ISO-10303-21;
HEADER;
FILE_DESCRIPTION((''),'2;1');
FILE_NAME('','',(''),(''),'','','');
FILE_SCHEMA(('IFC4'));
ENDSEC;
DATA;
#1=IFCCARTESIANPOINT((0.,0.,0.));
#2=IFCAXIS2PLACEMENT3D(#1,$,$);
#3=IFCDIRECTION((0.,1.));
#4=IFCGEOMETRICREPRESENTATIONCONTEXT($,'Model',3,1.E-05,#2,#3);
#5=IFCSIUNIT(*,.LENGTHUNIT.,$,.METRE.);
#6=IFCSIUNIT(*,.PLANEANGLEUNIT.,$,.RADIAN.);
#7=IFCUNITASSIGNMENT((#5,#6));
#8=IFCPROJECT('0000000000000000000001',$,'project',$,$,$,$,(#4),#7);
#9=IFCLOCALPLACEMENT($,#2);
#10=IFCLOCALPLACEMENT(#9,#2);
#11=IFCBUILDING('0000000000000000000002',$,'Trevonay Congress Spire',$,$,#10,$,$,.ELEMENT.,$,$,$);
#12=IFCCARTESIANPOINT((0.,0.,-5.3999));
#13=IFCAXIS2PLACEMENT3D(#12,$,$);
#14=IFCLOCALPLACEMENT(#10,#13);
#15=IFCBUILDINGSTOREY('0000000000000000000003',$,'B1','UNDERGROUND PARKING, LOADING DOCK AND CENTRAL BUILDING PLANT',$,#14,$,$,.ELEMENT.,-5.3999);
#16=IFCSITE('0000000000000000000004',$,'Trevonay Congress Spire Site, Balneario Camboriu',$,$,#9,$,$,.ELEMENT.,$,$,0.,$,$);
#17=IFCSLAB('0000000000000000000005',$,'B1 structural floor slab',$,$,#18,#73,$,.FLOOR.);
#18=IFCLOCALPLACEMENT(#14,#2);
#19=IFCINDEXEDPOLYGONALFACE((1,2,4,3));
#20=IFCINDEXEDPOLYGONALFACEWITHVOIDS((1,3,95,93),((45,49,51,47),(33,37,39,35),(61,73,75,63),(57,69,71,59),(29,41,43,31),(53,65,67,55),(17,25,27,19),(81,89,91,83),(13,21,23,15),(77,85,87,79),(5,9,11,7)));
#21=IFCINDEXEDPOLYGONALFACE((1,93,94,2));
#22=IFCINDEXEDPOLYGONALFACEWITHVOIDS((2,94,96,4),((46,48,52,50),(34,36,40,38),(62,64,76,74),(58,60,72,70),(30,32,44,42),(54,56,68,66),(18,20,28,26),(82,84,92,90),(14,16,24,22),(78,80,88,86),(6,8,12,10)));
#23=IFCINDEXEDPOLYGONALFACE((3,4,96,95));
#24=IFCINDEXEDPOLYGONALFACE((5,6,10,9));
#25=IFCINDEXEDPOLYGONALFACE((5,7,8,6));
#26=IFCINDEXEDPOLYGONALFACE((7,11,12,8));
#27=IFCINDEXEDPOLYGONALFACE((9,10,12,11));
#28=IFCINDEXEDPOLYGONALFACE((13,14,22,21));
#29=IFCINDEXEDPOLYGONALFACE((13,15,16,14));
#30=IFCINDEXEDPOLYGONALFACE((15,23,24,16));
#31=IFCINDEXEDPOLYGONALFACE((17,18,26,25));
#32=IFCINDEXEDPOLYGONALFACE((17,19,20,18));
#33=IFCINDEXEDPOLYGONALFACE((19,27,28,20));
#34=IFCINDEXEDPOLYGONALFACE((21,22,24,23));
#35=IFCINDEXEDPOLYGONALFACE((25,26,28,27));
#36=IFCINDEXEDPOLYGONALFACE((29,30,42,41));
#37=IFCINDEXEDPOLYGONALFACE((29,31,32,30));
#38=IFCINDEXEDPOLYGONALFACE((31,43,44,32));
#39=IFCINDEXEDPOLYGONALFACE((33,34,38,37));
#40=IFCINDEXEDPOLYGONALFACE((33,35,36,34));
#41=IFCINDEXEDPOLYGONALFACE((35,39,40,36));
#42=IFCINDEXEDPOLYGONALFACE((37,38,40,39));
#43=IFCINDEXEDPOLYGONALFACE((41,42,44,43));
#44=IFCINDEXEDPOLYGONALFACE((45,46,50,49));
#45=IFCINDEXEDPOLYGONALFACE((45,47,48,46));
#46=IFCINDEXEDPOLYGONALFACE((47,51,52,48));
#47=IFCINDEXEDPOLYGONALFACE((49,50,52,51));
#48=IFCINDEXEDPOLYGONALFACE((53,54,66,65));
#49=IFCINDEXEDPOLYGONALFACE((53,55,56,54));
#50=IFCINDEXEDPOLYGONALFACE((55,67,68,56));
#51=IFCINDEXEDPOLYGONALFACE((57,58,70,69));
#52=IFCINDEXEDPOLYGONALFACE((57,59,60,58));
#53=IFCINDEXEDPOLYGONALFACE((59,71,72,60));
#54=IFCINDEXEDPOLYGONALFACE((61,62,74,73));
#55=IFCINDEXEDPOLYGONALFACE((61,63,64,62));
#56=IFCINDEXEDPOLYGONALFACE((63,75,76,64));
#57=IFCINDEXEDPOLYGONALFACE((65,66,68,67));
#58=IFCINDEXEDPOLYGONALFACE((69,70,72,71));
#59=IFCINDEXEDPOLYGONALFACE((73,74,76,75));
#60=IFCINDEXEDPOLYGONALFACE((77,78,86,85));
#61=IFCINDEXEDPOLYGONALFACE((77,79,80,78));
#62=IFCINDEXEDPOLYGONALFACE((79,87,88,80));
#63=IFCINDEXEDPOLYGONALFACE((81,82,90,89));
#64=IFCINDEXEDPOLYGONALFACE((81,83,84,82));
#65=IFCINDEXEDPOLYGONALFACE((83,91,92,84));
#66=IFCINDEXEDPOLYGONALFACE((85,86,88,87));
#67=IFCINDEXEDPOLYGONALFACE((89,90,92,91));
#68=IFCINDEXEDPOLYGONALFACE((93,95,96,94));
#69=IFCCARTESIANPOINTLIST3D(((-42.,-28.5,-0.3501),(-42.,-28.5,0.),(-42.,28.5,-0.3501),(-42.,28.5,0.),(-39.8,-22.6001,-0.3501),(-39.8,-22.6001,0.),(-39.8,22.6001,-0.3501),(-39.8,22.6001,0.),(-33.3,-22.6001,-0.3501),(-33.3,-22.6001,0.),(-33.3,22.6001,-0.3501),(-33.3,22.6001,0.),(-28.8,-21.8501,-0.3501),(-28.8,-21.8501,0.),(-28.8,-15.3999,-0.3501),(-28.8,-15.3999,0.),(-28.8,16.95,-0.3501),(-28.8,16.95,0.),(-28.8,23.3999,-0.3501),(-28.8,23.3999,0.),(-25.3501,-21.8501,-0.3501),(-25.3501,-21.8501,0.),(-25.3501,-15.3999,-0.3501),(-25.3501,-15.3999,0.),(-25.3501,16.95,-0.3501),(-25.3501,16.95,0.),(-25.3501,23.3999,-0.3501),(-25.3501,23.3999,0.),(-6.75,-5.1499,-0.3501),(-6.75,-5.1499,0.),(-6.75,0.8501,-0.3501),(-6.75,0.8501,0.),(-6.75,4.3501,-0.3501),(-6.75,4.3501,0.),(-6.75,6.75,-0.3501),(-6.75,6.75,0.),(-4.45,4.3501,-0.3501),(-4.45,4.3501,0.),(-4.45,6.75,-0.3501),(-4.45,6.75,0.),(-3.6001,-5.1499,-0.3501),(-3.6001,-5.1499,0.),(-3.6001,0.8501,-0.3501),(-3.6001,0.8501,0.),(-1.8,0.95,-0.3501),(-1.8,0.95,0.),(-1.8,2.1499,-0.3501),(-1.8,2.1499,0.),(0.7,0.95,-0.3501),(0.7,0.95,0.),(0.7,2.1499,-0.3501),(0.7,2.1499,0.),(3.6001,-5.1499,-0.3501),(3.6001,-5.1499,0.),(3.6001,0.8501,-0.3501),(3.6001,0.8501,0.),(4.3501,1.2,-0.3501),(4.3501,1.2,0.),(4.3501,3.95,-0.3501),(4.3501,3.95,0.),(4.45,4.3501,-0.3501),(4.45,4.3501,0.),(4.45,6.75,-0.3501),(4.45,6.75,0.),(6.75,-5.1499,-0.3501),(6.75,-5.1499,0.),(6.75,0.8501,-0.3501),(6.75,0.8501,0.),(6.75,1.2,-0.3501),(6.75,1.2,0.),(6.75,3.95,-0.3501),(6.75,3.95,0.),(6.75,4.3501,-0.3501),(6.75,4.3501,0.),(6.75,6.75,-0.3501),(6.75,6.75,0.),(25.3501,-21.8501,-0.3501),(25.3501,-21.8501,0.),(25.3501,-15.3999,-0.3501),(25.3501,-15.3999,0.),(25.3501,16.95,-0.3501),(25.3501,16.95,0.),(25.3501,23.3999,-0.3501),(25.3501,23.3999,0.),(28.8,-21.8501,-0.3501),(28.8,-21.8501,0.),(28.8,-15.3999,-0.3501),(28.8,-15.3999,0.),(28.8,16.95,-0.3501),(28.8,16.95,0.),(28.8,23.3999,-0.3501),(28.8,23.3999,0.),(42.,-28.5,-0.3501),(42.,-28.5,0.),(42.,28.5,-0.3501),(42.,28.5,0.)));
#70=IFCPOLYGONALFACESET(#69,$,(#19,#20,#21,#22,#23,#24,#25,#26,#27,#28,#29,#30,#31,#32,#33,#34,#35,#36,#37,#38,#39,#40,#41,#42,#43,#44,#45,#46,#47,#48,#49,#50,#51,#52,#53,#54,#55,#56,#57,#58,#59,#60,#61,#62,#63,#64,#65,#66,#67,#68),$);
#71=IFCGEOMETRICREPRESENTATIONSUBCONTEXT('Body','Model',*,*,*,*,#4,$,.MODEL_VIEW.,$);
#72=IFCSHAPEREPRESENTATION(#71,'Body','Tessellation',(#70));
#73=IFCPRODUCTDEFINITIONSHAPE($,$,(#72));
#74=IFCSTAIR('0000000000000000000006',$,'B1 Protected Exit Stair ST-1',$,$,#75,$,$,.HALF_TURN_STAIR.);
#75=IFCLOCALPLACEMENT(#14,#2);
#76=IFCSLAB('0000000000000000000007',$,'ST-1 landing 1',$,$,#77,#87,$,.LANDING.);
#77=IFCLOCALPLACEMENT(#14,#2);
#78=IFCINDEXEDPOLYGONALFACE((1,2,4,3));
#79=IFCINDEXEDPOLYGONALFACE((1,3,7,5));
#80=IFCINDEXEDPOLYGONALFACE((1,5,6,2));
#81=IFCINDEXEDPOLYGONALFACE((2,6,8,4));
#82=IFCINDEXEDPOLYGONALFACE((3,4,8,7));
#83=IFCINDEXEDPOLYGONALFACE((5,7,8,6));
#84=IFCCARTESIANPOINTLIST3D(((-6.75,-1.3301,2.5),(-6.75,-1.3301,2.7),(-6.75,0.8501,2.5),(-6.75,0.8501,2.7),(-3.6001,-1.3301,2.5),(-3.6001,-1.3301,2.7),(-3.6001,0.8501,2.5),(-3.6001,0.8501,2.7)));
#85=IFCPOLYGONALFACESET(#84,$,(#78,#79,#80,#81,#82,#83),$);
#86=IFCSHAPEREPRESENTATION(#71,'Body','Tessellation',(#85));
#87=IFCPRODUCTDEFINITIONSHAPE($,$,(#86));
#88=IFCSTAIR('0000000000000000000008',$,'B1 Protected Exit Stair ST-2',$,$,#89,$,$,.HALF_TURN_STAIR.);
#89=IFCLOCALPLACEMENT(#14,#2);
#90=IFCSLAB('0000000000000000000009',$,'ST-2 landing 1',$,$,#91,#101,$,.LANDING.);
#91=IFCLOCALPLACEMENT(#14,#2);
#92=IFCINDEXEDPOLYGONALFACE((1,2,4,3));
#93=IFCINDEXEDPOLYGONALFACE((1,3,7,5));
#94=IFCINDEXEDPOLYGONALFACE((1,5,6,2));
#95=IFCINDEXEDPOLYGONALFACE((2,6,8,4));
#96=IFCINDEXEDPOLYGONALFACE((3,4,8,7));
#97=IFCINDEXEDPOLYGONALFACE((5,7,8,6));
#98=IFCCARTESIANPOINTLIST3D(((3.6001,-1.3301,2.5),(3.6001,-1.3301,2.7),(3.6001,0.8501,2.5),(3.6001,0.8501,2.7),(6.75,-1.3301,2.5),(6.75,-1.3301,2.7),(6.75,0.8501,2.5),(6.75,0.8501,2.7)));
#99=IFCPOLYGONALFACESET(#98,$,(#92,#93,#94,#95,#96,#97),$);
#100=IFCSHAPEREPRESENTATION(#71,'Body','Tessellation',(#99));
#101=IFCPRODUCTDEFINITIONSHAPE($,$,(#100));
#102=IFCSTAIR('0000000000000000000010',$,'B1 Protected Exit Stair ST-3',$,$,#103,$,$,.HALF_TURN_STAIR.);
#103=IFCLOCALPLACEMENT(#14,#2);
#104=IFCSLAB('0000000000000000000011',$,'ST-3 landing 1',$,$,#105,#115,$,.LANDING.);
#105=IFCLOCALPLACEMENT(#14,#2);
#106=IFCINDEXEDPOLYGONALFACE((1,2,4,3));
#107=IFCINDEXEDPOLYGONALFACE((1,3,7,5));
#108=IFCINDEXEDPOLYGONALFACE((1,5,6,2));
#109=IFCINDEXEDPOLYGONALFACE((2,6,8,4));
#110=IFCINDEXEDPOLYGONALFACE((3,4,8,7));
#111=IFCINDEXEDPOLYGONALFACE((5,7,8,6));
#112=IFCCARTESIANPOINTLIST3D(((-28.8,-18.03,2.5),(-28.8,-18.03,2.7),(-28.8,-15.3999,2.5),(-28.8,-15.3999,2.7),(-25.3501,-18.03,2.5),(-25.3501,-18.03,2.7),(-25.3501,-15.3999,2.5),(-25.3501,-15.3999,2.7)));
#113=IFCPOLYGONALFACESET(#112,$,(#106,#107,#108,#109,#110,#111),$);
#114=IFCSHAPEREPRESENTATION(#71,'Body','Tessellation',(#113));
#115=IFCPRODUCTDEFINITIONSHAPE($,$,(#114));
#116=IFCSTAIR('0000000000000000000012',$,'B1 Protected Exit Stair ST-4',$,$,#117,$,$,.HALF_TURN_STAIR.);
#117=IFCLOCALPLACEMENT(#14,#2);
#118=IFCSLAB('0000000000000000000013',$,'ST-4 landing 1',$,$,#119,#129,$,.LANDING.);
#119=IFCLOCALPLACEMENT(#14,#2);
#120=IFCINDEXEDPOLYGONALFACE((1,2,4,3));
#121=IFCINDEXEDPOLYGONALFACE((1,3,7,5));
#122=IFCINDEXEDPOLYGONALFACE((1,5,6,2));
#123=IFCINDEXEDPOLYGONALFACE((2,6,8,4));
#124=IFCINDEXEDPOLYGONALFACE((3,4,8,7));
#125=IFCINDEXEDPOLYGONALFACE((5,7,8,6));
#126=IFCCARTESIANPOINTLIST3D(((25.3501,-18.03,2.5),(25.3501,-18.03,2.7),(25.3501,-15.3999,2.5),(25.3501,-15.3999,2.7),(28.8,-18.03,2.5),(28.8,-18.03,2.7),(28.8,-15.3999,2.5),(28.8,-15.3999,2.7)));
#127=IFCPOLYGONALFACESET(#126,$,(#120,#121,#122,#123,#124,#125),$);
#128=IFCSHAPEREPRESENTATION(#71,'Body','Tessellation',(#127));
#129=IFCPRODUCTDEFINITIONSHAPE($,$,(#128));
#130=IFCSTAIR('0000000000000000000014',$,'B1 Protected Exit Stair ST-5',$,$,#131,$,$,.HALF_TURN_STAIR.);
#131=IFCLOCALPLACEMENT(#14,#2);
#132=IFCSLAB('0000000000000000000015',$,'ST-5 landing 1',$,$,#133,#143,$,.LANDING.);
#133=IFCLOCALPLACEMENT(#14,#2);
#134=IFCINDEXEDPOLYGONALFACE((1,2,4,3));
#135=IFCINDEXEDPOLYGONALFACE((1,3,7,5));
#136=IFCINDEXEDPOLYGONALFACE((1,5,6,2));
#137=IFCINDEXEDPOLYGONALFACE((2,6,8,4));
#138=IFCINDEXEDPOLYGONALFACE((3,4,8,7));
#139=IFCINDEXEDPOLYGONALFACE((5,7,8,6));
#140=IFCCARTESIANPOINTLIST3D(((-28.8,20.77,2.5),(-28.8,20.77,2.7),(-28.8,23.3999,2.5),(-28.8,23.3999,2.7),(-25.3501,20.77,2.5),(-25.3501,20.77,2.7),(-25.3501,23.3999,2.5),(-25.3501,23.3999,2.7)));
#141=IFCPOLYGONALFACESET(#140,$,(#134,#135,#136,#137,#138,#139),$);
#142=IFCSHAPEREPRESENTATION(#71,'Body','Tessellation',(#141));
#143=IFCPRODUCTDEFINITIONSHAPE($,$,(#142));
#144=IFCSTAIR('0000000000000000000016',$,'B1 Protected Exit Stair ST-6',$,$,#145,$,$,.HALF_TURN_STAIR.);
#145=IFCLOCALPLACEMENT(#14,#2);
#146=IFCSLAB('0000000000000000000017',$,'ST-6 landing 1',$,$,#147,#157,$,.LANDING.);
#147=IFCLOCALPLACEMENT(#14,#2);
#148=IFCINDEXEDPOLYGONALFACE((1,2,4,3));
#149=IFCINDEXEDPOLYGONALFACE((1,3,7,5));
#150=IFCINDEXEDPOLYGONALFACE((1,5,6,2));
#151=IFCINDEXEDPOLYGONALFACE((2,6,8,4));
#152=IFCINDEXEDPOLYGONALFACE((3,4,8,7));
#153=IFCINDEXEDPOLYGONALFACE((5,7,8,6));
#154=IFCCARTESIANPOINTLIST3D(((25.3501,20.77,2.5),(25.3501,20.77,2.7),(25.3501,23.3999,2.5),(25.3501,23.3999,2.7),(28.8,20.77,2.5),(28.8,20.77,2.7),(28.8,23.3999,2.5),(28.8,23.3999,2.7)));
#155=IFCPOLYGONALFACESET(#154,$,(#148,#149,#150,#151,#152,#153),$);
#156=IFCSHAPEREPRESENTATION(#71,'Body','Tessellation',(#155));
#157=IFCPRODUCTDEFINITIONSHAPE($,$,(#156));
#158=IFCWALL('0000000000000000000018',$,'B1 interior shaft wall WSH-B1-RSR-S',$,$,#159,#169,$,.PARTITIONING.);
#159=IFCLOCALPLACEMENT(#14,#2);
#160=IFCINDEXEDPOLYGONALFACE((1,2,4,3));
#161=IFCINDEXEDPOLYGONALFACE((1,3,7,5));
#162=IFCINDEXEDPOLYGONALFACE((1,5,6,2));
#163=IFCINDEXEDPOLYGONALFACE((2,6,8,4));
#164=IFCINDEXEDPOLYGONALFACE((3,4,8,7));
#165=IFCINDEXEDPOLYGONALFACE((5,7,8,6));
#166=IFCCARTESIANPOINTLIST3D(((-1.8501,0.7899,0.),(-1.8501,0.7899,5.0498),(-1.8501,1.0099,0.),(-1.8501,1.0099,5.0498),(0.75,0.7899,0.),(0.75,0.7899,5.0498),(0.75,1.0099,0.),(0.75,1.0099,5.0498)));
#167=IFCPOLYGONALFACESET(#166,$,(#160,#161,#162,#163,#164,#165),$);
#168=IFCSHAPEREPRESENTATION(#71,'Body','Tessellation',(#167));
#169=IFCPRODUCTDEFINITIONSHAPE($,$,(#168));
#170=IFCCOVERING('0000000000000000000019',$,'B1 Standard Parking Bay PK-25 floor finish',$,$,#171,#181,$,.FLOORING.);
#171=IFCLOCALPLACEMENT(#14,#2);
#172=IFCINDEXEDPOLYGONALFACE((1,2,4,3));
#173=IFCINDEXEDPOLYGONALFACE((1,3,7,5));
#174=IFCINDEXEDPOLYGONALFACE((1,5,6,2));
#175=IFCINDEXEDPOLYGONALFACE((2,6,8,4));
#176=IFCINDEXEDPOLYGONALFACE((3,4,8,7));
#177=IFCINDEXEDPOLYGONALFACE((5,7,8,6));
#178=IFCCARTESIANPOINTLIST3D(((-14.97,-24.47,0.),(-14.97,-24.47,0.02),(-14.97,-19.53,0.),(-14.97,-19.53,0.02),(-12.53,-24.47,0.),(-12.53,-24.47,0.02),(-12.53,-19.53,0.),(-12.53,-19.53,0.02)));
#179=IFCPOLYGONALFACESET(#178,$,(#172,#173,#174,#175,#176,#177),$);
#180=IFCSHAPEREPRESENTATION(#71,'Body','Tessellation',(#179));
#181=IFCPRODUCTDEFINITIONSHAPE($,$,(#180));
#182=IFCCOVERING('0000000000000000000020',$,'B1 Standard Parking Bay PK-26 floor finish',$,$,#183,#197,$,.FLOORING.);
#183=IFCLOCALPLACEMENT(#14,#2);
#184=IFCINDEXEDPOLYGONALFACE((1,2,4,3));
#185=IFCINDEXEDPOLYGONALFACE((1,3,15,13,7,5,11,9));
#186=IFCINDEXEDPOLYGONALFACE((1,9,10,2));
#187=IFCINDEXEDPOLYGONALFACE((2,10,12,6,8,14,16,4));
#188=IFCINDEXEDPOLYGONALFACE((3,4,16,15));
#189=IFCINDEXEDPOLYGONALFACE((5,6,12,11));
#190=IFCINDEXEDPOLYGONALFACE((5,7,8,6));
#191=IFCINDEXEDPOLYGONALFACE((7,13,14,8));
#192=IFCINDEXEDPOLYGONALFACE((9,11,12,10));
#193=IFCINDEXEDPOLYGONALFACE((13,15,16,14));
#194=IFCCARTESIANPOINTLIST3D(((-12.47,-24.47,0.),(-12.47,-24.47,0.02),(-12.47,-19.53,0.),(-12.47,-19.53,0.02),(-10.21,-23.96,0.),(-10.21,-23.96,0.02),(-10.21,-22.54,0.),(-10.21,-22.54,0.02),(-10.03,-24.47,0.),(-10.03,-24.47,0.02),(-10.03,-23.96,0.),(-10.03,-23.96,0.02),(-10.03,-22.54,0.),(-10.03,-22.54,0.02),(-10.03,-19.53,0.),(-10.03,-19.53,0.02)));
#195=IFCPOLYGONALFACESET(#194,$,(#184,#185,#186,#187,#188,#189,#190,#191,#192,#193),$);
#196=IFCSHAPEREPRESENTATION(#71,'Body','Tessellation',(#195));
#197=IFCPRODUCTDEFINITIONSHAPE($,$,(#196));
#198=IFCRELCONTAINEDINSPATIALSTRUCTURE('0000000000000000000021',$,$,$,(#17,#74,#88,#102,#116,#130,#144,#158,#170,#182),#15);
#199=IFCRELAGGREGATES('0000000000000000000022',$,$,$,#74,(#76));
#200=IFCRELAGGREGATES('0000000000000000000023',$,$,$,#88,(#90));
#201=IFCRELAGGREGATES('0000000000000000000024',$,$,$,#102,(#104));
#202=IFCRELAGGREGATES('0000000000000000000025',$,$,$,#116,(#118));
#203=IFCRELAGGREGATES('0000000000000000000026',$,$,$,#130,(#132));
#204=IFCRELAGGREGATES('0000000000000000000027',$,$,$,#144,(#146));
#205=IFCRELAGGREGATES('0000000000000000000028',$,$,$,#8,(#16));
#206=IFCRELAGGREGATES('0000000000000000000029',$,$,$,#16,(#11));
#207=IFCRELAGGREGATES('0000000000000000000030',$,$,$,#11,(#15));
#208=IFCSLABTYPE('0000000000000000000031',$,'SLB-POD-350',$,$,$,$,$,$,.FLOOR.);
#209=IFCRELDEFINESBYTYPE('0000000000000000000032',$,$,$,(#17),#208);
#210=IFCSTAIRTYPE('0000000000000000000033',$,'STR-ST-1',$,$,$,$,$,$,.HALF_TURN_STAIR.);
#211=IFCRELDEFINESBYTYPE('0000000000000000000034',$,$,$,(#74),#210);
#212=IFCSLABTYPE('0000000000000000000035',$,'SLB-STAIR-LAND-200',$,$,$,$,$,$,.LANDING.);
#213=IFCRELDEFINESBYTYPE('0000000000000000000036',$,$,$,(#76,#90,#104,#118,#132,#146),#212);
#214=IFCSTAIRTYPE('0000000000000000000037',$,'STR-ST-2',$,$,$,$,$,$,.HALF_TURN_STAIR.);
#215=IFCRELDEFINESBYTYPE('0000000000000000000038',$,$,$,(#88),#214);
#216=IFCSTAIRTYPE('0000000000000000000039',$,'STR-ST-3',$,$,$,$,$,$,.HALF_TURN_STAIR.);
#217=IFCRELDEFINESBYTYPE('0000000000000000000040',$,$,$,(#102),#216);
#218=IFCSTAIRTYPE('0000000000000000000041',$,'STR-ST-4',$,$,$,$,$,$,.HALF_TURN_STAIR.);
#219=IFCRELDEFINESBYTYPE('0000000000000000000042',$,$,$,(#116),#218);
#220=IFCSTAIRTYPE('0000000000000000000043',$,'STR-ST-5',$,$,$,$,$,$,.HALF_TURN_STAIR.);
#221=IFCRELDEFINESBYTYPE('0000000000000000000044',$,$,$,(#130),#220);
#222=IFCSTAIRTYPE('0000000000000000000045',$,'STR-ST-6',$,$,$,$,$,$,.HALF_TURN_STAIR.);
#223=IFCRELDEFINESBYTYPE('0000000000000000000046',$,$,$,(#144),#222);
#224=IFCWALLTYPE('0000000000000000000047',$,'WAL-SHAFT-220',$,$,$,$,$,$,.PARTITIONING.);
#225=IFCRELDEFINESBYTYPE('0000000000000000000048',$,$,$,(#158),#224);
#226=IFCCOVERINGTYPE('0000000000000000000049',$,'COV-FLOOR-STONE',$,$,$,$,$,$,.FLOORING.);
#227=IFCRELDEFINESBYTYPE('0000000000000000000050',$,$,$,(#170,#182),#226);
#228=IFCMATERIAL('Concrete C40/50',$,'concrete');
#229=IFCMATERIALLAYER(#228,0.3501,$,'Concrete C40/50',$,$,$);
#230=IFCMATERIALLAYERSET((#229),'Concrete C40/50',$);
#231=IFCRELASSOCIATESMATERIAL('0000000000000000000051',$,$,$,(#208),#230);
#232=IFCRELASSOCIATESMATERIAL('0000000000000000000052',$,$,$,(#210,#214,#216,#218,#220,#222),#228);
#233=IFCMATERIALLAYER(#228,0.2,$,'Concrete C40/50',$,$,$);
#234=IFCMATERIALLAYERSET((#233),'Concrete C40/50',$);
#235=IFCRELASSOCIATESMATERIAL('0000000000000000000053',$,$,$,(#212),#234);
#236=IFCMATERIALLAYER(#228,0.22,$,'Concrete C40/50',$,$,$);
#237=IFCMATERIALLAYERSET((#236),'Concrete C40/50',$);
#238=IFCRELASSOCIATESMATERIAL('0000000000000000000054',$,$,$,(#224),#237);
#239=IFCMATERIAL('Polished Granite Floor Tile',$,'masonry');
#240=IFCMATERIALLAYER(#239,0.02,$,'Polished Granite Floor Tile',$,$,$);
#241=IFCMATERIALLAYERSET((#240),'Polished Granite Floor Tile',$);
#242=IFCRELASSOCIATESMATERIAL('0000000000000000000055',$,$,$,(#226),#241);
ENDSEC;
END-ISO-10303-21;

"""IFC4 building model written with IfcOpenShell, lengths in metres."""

from ifc_helpers import new_model, si_unit, direction, frame, frame_2d, origin, place, context, subcontext, project, spatial, polyline, rectangle, outline, extrude, material, layer, layer_set, type_object, element, aggregate, save


model = new_model("IFC4")

# Units and contexts
model_context = context("Model", 3, precision=1e-05, world=origin(), true_north=direction((0.0, 1.0)))
body_context = subcontext(model_context, "Body", "Model", "MODEL_VIEW")
ifc_project = project(units=[si_unit("LENGTHUNIT", "METRE"), si_unit("PLANEANGLEUNIT", "RADIAN")], contexts=[model_context])

# Site, building, storey
site_placement = place(None, origin())
site = spatial("IfcSite", under=ifc_project, at=site_placement, Name="Trevonay Congress Spire Site, Balneario Camboriu", CompositionType="ELEMENT", RefElevation=0.0)
building_placement = place(site_placement, origin())
building = spatial("IfcBuilding", under=site, at=building_placement, Name="Trevonay Congress Spire", CompositionType="ELEMENT")
storey_placement = place(building_placement, frame((0.0, 0.0, -5.3999)))
storey = spatial("IfcBuildingStorey", under=building, at=storey_placement, Name="B1", Description="UNDERGROUND PARKING, LOADING DOCK AND CENTRAL BUILDING PLANT", CompositionType="ELEMENT", Elevation=-5.3999)

# Slab
ifc_material_1 = material(Name="Concrete C40/50", Category="concrete")
ifc_layer_1 = layer(ifc_material_1, 0.3501, Name="Concrete C40/50")
ifc_layer_set_1 = layer_set([ifc_layer_1], Name="Concrete C40/50")
slab_type_1 = type_object("IfcSlabType", Name="SLB-POD-350", PredefinedType="FLOOR", material=ifc_layer_set_1)
slab_1_placement = place(storey_placement, frame((0.0, 0.0, -0.3501)))
element("IfcSlab", 1, at=slab_1_placement, inside=storey, type_object=slab_type_1, Name="B1 structural floor slab", PredefinedType="FLOOR", context=body_context, shape_type="SweptSolid", body=[
    extrude(outline(polyline([(-42.0, -28.5), (42.0, -28.5), (42.0, 28.5), (-42.0, 28.5), (-42.0, -28.5)]), holes=[polyline([(-3.6001, -5.1499), (-3.6001, 0.8501), (-6.75, 0.8501), (-6.75, -5.1499), (-3.6001, -5.1499)]), polyline([(6.75, -5.1499), (6.75, 0.8501), (3.6001, 0.8501), (3.6001, -5.1499), (6.75, -5.1499)]), polyline([(-25.3501, -21.8501), (-25.3501, -15.3999), (-28.8, -15.3999), (-28.8, -21.8501), (-25.3501, -21.8501)]), polyline([(28.8, -21.8501), (28.8, -15.3999), (25.3501, -15.3999), (25.3501, -21.8501), (28.8, -21.8501)]), polyline([(-25.3501, 16.95), (-25.3501, 23.3999), (-28.8, 23.3999), (-28.8, 16.95), (-25.3501, 16.95)]), polyline([(28.8, 16.95), (28.8, 23.3999), (25.3501, 23.3999), (25.3501, 16.95), (28.8, 16.95)]), polyline([(-6.75, 4.3501), (-4.45, 4.3501), (-4.45, 6.75), (-6.75, 6.75), (-6.75, 4.3501)]), polyline([(4.45, 4.3501), (6.75, 4.3501), (6.75, 6.75), (4.45, 6.75), (4.45, 4.3501)]), polyline([(4.3501, 1.2), (6.75, 1.2), (6.75, 3.95), (4.3501, 3.95), (4.3501, 1.2)]), polyline([(-1.8, 0.95), (0.7, 0.95), (0.7, 2.1499), (-1.8, 2.1499), (-1.8, 0.95)]), polyline([(-39.8, -22.6001), (-33.3, -22.6001), (-33.3, 22.6001), (-39.8, 22.6001), (-39.8, -22.6001)])]), origin(), (0.0, 0.0, 1.0), 0.3501),
])

# Stairs, slabs
stair_type_1 = type_object("IfcStairType", Name="STR-ST-1", PredefinedType="HALF_TURN_STAIR", material=ifc_material_1)
stair_1_placement = place(storey_placement, origin())
stair_1 = element("IfcStair", 2, at=stair_1_placement, inside=storey, type_object=stair_type_1, Name="B1 Protected Exit Stair ST-1", PredefinedType="HALF_TURN_STAIR")
ifc_layer_2 = layer(ifc_material_1, 0.2, Name="Concrete C40/50")
ifc_layer_set_2 = layer_set([ifc_layer_2], Name="Concrete C40/50")
slab_type_2 = type_object("IfcSlabType", Name="SLB-STAIR-LAND-200", PredefinedType="LANDING", material=ifc_layer_set_2)
slab_2_placement = place(storey_placement, frame((0.0, 0.0, 2.5)))
slab_2 = element("IfcSlab", 3, at=slab_2_placement, type_object=slab_type_2, Name="ST-1 landing 1", PredefinedType="LANDING", context=body_context, shape_type="SweptSolid", body=[
    extrude(outline(polyline([(-3.6001, -1.3301), (-3.6001, 0.8501), (-6.75, 0.8501), (-6.75, -1.3301), (-3.6001, -1.3301)])), origin(), (0.0, 0.0, 1.0), 0.2),
])
aggregate(stair_1, [slab_2])
stair_type_2 = type_object("IfcStairType", Name="STR-ST-2", PredefinedType="HALF_TURN_STAIR", material=ifc_material_1)
stair_2_placement = place(storey_placement, origin())
stair_2 = element("IfcStair", 4, at=stair_2_placement, inside=storey, type_object=stair_type_2, Name="B1 Protected Exit Stair ST-2", PredefinedType="HALF_TURN_STAIR")
slab_3_placement = place(storey_placement, frame((0.0, 0.0, 2.5)))
slab_3 = element("IfcSlab", 5, at=slab_3_placement, type_object=slab_type_2, Name="ST-2 landing 1", PredefinedType="LANDING", context=body_context, shape_type="SweptSolid", body=[
    extrude(outline(polyline([(6.75, -1.3301), (6.75, 0.8501), (3.6001, 0.8501), (3.6001, -1.3301), (6.75, -1.3301)])), origin(), (0.0, 0.0, 1.0), 0.2),
])
aggregate(stair_2, [slab_3])
stair_type_3 = type_object("IfcStairType", Name="STR-ST-3", PredefinedType="HALF_TURN_STAIR", material=ifc_material_1)
stair_3_placement = place(storey_placement, origin())
stair_3 = element("IfcStair", 6, at=stair_3_placement, inside=storey, type_object=stair_type_3, Name="B1 Protected Exit Stair ST-3", PredefinedType="HALF_TURN_STAIR")
slab_4_placement = place(storey_placement, frame((0.0, 0.0, 2.5)))
slab_4 = element("IfcSlab", 7, at=slab_4_placement, type_object=slab_type_2, Name="ST-3 landing 1", PredefinedType="LANDING", context=body_context, shape_type="SweptSolid", body=[
    extrude(outline(polyline([(-25.3501, -18.03), (-25.3501, -15.3999), (-28.8, -15.3999), (-28.8, -18.03), (-25.3501, -18.03)])), origin(), (0.0, 0.0, 1.0), 0.2),
])
aggregate(stair_3, [slab_4])
stair_type_4 = type_object("IfcStairType", Name="STR-ST-4", PredefinedType="HALF_TURN_STAIR", material=ifc_material_1)
stair_4_placement = place(storey_placement, origin())
stair_4 = element("IfcStair", 8, at=stair_4_placement, inside=storey, type_object=stair_type_4, Name="B1 Protected Exit Stair ST-4", PredefinedType="HALF_TURN_STAIR")
slab_5_placement = place(storey_placement, frame((0.0, 0.0, 2.5)))
slab_5 = element("IfcSlab", 9, at=slab_5_placement, type_object=slab_type_2, Name="ST-4 landing 1", PredefinedType="LANDING", context=body_context, shape_type="SweptSolid", body=[
    extrude(outline(polyline([(28.8, -18.03), (28.8, -15.3999), (25.3501, -15.3999), (25.3501, -18.03), (28.8, -18.03)])), origin(), (0.0, 0.0, 1.0), 0.2),
])
aggregate(stair_4, [slab_5])
stair_type_5 = type_object("IfcStairType", Name="STR-ST-5", PredefinedType="HALF_TURN_STAIR", material=ifc_material_1)
stair_5_placement = place(storey_placement, origin())
stair_5 = element("IfcStair", 10, at=stair_5_placement, inside=storey, type_object=stair_type_5, Name="B1 Protected Exit Stair ST-5", PredefinedType="HALF_TURN_STAIR")
slab_6_placement = place(storey_placement, frame((0.0, 0.0, 2.5)))
slab_6 = element("IfcSlab", 11, at=slab_6_placement, type_object=slab_type_2, Name="ST-5 landing 1", PredefinedType="LANDING", context=body_context, shape_type="SweptSolid", body=[
    extrude(outline(polyline([(-25.3501, 20.77), (-25.3501, 23.3999), (-28.8, 23.3999), (-28.8, 20.77), (-25.3501, 20.77)])), origin(), (0.0, 0.0, 1.0), 0.2),
])
aggregate(stair_5, [slab_6])
stair_type_6 = type_object("IfcStairType", Name="STR-ST-6", PredefinedType="HALF_TURN_STAIR", material=ifc_material_1)
stair_6_placement = place(storey_placement, origin())
stair_6 = element("IfcStair", 12, at=stair_6_placement, inside=storey, type_object=stair_type_6, Name="B1 Protected Exit Stair ST-6", PredefinedType="HALF_TURN_STAIR")
slab_7_placement = place(storey_placement, frame((0.0, 0.0, 2.5)))
slab_7 = element("IfcSlab", 13, at=slab_7_placement, type_object=slab_type_2, Name="ST-6 landing 1", PredefinedType="LANDING", context=body_context, shape_type="SweptSolid", body=[
    extrude(outline(polyline([(28.8, 20.77), (28.8, 23.3999), (25.3501, 23.3999), (25.3501, 20.77), (28.8, 20.77)])), origin(), (0.0, 0.0, 1.0), 0.2),
])
aggregate(stair_6, [slab_7])

# Wall
ifc_layer_3 = layer(ifc_material_1, 0.22, Name="Concrete C40/50")
ifc_layer_set_3 = layer_set([ifc_layer_3], Name="Concrete C40/50")
wall_type = type_object("IfcWallType", Name="WAL-SHAFT-220", PredefinedType="PARTITIONING", material=ifc_layer_set_3)
wall_placement = place(storey_placement, frame((-1.8501, 0.8999, 0.0), z_axis=(0.0, 0.0, 1.0), x_axis=(1.0, 0.0, 0.0)))
element("IfcWall", 14, at=wall_placement, inside=storey, type_object=wall_type, Name="B1 interior shaft wall WSH-B1-RSR-S", PredefinedType="PARTITIONING", context=body_context, shape_type="SweptSolid", body=[
    extrude(rectangle(XDim=2.6001, YDim=0.22, at=frame_2d((1.3, 0.0))), origin(), (0.0, 0.0, 1.0), 5.0498),
])

# Coverings
ifc_material_2 = material(Name="Polished Granite Floor Tile", Category="masonry")
ifc_layer_4 = layer(ifc_material_2, 0.02, Name="Polished Granite Floor Tile")
ifc_layer_set_4 = layer_set([ifc_layer_4], Name="Polished Granite Floor Tile")
covering_type = type_object("IfcCoveringType", Name="COV-FLOOR-STONE", PredefinedType="FLOORING", material=ifc_layer_set_4)
covering_1_placement = place(storey_placement, origin())
element("IfcCovering", 15, at=covering_1_placement, inside=storey, type_object=covering_type, Name="B1 Standard Parking Bay PK-25 floor finish", PredefinedType="FLOORING", context=body_context, shape_type="SweptSolid", body=[
    extrude(outline(polyline([(-14.97, -24.47), (-12.53, -24.47), (-12.53, -19.53), (-14.97, -19.53), (-14.97, -24.47)])), origin(), (0.0, 0.0, 1.0), 0.02),
])
covering_2_placement = place(storey_placement, origin())
element("IfcCovering", 16, at=covering_2_placement, inside=storey, type_object=covering_type, Name="B1 Standard Parking Bay PK-26 floor finish", PredefinedType="FLOORING", context=body_context, shape_type="SweptSolid", body=[
    extrude(outline(polyline([(-10.03, -24.47), (-12.47, -24.47), (-12.47, -19.53), (-10.03, -19.53), (-10.03, -22.54), (-10.21, -22.54), (-10.21, -23.96), (-10.03, -23.96), (-10.03, -24.47)])), origin(), (0.0, 0.0, 1.0), 0.02),
])

save(model, "model.ifc")
